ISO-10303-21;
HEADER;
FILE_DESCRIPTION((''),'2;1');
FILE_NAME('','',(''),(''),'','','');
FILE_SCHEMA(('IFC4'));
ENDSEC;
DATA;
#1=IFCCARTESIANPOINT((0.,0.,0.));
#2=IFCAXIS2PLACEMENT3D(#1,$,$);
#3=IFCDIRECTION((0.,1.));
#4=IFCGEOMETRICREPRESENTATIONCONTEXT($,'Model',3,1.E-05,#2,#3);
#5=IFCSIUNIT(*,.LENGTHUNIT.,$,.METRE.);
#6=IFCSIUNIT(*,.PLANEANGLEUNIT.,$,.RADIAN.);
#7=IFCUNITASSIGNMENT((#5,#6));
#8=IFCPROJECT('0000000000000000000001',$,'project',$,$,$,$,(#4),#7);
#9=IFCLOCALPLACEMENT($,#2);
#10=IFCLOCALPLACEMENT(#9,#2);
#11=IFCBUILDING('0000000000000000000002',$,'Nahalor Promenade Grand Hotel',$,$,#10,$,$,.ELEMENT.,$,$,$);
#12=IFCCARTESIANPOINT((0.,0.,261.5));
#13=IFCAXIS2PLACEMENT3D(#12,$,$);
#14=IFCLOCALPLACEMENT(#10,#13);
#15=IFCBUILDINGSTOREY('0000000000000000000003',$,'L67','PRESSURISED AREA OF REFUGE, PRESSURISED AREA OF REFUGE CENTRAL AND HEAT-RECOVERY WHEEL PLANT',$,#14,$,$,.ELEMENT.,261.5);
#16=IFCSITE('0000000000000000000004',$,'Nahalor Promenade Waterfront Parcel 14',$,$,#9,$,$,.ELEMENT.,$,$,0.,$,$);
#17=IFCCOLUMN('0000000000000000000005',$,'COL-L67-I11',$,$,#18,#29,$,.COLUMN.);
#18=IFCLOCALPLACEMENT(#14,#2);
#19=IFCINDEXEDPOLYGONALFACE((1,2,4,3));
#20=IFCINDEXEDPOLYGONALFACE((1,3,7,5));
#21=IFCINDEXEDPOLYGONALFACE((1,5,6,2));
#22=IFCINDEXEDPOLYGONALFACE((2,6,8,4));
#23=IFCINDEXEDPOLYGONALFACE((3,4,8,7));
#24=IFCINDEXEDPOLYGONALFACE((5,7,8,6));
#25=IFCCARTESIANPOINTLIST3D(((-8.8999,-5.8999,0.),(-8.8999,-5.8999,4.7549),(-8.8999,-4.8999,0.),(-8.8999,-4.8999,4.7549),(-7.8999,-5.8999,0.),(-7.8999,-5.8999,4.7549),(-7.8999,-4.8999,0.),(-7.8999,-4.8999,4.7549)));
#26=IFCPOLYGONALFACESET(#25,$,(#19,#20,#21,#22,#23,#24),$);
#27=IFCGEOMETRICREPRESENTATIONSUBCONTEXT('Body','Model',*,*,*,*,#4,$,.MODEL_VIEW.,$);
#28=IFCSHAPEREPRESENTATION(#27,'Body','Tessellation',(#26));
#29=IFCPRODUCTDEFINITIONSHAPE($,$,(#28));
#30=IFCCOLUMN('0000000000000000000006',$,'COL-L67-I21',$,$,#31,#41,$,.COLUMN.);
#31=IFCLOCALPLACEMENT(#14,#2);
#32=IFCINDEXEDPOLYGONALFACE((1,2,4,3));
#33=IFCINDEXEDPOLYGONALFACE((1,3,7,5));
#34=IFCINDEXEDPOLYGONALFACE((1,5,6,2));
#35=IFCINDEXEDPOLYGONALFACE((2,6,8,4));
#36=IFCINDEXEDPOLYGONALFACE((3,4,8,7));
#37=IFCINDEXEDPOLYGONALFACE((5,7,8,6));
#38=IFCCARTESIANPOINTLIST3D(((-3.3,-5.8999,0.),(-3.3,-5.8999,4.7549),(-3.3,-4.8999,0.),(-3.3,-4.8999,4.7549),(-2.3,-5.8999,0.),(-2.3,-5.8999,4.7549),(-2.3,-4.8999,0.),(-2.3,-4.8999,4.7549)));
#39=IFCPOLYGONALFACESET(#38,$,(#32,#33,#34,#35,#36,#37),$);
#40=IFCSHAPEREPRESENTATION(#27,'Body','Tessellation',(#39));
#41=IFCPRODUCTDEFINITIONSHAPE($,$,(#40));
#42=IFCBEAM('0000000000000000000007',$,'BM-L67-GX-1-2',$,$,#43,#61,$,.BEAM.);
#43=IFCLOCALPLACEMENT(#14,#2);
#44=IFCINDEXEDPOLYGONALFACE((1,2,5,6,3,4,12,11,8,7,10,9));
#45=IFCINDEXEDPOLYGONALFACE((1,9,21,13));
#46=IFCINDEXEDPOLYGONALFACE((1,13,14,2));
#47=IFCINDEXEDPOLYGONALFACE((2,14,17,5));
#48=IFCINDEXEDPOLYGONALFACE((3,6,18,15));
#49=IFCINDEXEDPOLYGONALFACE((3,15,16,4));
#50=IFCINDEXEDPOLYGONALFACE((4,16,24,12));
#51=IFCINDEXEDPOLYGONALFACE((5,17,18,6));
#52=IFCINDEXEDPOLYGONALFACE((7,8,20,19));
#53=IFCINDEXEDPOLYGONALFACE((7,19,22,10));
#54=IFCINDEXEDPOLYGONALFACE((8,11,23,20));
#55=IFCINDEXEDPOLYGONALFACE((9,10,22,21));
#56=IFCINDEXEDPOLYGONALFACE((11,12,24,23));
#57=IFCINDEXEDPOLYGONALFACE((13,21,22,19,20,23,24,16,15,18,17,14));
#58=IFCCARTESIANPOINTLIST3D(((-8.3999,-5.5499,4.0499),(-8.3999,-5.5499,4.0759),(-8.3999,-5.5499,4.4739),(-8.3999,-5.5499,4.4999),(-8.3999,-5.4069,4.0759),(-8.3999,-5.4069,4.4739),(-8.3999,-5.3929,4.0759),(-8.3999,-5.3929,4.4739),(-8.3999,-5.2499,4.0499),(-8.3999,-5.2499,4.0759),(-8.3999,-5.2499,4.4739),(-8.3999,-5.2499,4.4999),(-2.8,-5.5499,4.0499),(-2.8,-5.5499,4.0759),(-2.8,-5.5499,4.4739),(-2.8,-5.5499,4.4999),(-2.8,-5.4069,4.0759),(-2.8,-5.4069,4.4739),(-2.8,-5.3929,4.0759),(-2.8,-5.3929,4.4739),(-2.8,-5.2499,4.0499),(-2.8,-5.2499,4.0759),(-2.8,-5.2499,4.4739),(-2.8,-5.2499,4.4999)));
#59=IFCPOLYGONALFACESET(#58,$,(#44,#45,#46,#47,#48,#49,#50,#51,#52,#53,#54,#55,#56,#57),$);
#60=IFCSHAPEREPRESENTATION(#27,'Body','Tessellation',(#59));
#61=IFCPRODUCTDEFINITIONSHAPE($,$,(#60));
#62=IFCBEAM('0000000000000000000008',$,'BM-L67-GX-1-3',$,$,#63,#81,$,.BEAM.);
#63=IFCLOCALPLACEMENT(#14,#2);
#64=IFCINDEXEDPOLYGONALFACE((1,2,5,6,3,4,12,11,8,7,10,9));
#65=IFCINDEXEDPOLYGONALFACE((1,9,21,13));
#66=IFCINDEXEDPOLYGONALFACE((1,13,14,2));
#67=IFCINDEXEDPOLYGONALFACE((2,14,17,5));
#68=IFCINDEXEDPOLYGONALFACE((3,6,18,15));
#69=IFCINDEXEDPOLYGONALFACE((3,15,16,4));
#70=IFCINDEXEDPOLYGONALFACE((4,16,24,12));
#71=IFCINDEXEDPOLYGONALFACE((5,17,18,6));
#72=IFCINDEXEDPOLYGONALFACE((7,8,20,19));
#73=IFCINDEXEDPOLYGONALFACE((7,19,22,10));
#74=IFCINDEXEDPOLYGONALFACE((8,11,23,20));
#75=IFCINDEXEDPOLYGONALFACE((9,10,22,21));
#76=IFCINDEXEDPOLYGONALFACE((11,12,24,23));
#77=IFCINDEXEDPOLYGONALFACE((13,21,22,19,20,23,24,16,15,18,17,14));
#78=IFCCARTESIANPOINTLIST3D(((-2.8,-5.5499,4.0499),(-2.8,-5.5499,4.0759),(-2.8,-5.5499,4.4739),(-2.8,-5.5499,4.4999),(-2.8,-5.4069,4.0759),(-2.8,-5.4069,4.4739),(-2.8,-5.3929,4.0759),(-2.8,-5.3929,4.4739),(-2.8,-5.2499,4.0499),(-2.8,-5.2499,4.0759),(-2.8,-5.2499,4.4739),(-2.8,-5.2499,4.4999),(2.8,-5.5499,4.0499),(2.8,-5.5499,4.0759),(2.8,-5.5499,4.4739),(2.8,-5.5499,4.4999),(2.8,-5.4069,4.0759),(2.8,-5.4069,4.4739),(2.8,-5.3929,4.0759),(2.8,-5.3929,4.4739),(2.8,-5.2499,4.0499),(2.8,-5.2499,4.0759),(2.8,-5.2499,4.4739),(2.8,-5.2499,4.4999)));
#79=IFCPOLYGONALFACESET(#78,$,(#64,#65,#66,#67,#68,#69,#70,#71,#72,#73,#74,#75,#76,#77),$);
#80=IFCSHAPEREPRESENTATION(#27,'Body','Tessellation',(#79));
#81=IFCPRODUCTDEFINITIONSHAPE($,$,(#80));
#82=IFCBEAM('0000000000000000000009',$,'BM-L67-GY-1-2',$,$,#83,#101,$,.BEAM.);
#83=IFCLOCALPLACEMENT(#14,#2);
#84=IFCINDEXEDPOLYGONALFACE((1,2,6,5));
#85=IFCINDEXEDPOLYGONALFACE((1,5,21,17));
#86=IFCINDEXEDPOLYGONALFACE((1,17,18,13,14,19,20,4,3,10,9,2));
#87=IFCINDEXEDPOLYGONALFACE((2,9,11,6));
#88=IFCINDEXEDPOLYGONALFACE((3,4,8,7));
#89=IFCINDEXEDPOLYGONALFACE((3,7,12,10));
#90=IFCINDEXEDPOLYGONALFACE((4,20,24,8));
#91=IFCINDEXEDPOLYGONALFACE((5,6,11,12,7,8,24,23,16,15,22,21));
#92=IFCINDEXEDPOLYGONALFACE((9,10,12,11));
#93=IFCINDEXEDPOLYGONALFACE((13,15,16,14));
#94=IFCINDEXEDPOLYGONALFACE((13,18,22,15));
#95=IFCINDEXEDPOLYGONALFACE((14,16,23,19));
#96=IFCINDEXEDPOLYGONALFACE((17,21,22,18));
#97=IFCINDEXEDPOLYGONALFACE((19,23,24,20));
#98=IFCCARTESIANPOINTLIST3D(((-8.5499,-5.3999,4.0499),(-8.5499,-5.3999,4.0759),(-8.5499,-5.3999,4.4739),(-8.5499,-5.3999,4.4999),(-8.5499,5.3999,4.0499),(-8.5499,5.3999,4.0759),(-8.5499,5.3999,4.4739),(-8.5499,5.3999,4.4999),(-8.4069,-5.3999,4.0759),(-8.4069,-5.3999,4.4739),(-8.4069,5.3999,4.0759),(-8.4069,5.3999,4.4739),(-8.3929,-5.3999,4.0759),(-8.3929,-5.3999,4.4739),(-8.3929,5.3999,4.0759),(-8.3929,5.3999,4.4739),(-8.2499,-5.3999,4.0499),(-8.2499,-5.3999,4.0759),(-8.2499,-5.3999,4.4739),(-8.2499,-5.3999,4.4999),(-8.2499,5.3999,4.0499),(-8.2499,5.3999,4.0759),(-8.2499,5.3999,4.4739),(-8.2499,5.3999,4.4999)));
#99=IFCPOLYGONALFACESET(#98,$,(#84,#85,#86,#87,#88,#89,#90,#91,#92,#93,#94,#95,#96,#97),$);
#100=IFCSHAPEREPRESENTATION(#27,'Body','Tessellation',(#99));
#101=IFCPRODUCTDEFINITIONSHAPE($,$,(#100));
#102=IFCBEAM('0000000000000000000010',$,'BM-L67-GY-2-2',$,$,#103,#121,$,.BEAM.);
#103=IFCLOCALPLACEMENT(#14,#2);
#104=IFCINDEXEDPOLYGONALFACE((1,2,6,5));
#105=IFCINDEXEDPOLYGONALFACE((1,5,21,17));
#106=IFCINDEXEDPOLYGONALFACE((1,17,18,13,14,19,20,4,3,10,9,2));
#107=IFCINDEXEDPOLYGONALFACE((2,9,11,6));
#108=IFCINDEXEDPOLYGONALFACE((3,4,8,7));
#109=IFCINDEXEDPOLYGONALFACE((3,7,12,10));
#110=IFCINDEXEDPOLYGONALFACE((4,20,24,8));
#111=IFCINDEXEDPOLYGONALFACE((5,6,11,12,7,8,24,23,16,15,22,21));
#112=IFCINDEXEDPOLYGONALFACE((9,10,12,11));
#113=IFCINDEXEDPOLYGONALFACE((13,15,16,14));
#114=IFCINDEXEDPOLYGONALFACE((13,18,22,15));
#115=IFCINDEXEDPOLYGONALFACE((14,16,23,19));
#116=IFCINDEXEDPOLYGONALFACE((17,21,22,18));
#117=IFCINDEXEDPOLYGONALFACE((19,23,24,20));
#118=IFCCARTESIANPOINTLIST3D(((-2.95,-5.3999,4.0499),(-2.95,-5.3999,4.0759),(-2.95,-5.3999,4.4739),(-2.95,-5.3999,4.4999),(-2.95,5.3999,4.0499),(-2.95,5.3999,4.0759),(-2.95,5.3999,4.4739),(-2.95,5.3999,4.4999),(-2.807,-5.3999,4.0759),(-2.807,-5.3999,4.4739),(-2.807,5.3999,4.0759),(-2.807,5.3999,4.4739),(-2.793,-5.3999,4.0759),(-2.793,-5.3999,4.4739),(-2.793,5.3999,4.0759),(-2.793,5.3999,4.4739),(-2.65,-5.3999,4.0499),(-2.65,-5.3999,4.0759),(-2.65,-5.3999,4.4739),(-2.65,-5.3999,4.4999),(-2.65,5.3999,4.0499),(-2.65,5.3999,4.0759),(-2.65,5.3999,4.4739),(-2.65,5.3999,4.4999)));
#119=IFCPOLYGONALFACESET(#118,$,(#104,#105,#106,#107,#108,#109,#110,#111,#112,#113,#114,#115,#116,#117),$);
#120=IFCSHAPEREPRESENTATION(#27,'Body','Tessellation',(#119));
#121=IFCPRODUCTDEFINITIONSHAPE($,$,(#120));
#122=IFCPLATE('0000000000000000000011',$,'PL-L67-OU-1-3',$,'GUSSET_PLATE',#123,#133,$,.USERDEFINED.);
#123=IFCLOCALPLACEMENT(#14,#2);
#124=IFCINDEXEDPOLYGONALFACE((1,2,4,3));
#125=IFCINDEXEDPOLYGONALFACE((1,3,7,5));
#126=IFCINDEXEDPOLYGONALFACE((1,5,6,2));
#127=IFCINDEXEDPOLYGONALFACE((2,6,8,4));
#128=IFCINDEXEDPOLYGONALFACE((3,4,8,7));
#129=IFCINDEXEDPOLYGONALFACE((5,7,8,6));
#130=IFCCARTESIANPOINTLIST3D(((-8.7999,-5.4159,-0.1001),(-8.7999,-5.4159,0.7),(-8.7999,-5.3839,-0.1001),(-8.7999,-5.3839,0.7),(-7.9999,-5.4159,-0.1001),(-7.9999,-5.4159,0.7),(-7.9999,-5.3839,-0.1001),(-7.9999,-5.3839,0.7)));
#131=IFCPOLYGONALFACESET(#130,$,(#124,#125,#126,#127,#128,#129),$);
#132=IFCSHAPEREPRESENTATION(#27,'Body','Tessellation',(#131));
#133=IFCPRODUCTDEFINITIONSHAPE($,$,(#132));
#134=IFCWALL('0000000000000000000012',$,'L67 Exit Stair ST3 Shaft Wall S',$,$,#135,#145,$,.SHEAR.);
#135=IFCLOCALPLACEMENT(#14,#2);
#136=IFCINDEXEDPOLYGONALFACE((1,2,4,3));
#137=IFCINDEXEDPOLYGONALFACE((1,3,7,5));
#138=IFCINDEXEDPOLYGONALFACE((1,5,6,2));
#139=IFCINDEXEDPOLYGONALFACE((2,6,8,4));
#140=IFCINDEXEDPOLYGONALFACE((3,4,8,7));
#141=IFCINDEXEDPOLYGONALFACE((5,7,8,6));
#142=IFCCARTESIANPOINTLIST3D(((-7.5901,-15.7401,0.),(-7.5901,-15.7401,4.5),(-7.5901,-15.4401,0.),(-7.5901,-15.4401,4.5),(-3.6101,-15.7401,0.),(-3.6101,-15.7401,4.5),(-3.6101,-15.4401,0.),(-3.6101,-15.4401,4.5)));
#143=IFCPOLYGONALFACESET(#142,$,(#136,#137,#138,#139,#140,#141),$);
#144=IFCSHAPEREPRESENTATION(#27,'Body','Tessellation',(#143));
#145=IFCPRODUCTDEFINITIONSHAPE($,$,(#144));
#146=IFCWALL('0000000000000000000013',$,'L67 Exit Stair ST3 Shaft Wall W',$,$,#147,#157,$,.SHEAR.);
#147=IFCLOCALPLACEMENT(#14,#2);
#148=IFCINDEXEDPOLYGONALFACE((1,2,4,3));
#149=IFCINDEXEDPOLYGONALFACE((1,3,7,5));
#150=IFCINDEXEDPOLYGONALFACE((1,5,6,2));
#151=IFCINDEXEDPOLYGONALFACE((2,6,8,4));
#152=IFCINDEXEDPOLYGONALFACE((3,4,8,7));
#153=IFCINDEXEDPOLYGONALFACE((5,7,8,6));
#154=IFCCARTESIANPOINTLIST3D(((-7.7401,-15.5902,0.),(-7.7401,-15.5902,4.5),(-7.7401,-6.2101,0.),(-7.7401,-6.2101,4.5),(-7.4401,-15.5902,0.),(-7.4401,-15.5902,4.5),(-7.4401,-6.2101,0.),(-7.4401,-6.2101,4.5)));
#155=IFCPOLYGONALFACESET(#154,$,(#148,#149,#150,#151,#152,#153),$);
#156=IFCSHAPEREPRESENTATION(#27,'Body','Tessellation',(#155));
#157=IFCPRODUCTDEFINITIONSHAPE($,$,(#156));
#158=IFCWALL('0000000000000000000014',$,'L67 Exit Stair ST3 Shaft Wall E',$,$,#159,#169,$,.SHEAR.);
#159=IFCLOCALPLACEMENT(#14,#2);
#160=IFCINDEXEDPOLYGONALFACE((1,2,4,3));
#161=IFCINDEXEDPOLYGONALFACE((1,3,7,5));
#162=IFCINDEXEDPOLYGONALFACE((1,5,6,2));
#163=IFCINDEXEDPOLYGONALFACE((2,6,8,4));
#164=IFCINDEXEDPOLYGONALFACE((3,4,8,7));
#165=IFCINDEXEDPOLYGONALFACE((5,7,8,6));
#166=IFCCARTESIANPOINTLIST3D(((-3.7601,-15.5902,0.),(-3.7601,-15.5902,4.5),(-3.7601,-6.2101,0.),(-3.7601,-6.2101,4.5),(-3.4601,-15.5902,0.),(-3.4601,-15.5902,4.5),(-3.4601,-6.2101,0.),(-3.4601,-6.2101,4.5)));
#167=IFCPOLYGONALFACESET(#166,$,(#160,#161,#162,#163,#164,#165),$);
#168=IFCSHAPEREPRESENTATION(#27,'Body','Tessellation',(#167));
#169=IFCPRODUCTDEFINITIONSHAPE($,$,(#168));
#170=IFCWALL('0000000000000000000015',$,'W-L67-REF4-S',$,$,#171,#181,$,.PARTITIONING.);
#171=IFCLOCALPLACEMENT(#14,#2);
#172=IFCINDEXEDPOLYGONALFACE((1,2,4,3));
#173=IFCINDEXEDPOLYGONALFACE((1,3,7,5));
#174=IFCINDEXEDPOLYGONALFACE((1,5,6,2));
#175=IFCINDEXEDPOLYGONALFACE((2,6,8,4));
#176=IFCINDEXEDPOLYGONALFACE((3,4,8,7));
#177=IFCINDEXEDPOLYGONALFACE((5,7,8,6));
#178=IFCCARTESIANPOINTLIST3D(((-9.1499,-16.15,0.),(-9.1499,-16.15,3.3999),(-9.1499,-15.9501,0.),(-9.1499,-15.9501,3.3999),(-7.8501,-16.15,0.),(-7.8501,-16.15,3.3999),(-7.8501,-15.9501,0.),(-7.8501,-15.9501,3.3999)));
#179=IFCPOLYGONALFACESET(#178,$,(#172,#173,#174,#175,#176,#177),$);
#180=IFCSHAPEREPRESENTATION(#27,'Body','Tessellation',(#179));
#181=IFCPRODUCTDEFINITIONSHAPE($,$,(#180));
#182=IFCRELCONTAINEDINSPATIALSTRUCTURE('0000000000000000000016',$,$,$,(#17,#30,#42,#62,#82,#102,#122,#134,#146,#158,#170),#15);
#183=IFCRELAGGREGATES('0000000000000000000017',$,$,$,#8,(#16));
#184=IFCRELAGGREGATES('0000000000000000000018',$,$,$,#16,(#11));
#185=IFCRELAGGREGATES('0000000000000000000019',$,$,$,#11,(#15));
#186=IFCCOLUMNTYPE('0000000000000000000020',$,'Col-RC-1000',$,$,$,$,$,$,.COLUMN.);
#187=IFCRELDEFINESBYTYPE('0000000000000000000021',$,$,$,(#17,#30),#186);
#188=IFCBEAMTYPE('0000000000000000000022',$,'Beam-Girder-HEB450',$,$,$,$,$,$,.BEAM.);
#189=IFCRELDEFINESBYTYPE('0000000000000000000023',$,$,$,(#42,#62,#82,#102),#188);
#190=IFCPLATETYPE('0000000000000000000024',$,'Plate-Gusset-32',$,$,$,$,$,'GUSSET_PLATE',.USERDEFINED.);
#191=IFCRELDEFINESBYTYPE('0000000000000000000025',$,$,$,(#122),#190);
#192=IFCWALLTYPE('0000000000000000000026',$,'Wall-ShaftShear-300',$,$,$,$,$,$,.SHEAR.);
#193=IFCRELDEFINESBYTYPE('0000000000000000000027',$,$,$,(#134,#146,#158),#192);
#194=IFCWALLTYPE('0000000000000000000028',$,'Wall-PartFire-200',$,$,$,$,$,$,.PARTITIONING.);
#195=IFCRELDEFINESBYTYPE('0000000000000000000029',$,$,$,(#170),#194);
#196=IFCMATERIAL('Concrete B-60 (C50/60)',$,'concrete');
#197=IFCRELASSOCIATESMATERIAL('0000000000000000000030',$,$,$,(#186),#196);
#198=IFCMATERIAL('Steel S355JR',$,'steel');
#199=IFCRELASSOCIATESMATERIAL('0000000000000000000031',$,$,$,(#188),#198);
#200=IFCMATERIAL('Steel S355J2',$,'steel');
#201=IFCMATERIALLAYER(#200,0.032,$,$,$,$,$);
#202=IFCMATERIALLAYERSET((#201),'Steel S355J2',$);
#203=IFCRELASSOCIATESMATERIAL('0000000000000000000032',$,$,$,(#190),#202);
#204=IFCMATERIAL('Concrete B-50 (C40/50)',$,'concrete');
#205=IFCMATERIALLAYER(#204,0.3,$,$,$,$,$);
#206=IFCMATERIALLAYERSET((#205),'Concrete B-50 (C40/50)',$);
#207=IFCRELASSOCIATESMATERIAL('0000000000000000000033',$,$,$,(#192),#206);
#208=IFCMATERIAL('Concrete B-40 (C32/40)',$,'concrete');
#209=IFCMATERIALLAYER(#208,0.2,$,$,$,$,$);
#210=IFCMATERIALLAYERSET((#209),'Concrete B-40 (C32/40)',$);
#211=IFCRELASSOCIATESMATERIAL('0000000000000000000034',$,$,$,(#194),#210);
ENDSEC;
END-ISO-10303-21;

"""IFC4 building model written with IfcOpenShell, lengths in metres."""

from ifc_helpers import new_model, si_unit, direction, frame, frame_2d, origin, origin_2d, place, context, subcontext, project, spatial, rectangle, i_section, extrude, source, transform, mapped, material, layer, layer_set, material_profile, profile_set, type_object, element, save


model = new_model("IFC4")

# Units and contexts
model_context = context("Model", 3, precision=1e-05, world=origin(), true_north=direction((0.0, 1.0)))
body_context = subcontext(model_context, "Body", "Model", "MODEL_VIEW")
ifc_project = project(units=[si_unit("LENGTHUNIT", "METRE"), si_unit("PLANEANGLEUNIT", "RADIAN")], contexts=[model_context])

# Site, building, storey
site_placement = place(None, origin())
site = spatial("IfcSite", under=ifc_project, at=site_placement, Name="Nahalor Promenade Waterfront Parcel 14", CompositionType="ELEMENT", RefElevation=0.0)
building_placement = place(site_placement, origin())
building = spatial("IfcBuilding", under=site, at=building_placement, Name="Nahalor Promenade Grand Hotel", CompositionType="ELEMENT")
storey_placement = place(building_placement, frame((0.0, 0.0, 261.5)))
storey = spatial("IfcBuildingStorey", under=building, at=storey_placement, Name="L67", Description="PRESSURISED AREA OF REFUGE, PRESSURISED AREA OF REFUGE CENTRAL AND HEAT-RECOVERY WHEEL PLANT", CompositionType="ELEMENT", Elevation=261.5)

# Columns
ifc_material_1 = material(Name="Concrete B-60 (C50/60)", Category="concrete")
ifc_material_profile_1 = material_profile(ifc_material_1, rectangle(XDim=1.0, YDim=1.0, at=origin_2d()), Name="RC 1000x1000")
ifc_profile_set_1 = profile_set([ifc_material_profile_1], Name="Concrete B-60 (C50/60)")
column_type = type_object("IfcColumnType", Name="Col-RC-1000", PredefinedType="COLUMN", material=ifc_profile_set_1)
shared_shape_1 = source(origin(), body_context, "Body", "SweptSolid", [
    extrude(rectangle(XDim=1.0, YDim=1.0, at=origin_2d()), origin(), (0.0, 0.0, 1.0), 4.7549),
])
for number, where, z_axis, x_axis, name in (
    (1, (-8.3999, -5.3999, 0.0), (0.0, 0.0, 1.0), (1.0, 0.0, 0.0), "COL-L67-I11"),
    (2, (-2.8, -5.3999, 0.0), (0.0, 0.0, 1.0), (1.0, 0.0, 0.0), "COL-L67-I21"),
):
    element("IfcColumn", number, at=place(storey_placement, frame(where, z_axis=z_axis, x_axis=x_axis)), inside=storey, type_object=column_type, Name=name, PredefinedType="COLUMN", context=body_context, shape_type="MappedRepresentation", body=[
        mapped(shared_shape_1, transform((0.0, 0.0, 0.0), scale=1.0)),
    ])

# Beams
ifc_material_2 = material(Name="Steel S355JR", Category="steel")
ifc_material_profile_2 = material_profile(ifc_material_2, i_section(OverallWidth=0.3, OverallDepth=0.45, WebThickness=0.014, FlangeThickness=0.026, at=origin_2d()), Name="HEB 450")
ifc_profile_set_2 = profile_set([ifc_material_profile_2], Name="Steel S355JR")
beam_type = type_object("IfcBeamType", Name="Beam-Girder-HEB450", PredefinedType="BEAM", material=ifc_profile_set_2)
shared_shape_2 = source(origin(), body_context, "Body", "SweptSolid", [
    extrude(i_section(OverallWidth=0.3, OverallDepth=0.45, WebThickness=0.014, FlangeThickness=0.026, at=origin_2d()), origin(), (0.0, 0.0, 1.0), 5.5999),
])
beam_1_placement = place(storey_placement, frame((-8.3999, -5.3999, 4.2749), z_axis=(1.0, 0.0, 0.0), x_axis=(0.0, 1.0, 0.0)))
element("IfcBeam", 3, at=beam_1_placement, inside=storey, type_object=beam_type, Name="BM-L67-GX-1-2", PredefinedType="BEAM", context=body_context, shape_type="MappedRepresentation", body=[
    mapped(shared_shape_2, transform((0.0, 0.0, 0.0), scale=1.0)),
])
shared_shape_3 = source(origin(), body_context, "Body", "SweptSolid", [
    extrude(i_section(OverallWidth=0.3, OverallDepth=0.45, WebThickness=0.014, FlangeThickness=0.026, at=origin_2d()), origin(), (0.0, 0.0, 1.0), 5.6001),
])
beam_2_placement = place(storey_placement, frame((-2.8, -5.3999, 4.2749), z_axis=(1.0, 0.0, 0.0), x_axis=(0.0, 1.0, 0.0)))
element("IfcBeam", 4, at=beam_2_placement, inside=storey, type_object=beam_type, Name="BM-L67-GX-1-3", PredefinedType="BEAM", context=body_context, shape_type="MappedRepresentation", body=[
    mapped(shared_shape_3, transform((0.0, 0.0, 0.0), scale=1.0)),
])
shared_shape_4 = source(origin(), body_context, "Body", "SweptSolid", [
    extrude(i_section(OverallWidth=0.3, OverallDepth=0.45, WebThickness=0.014, FlangeThickness=0.026, at=origin_2d()), origin(), (0.0, 0.0, 1.0), 10.7998),
])
for number, where, z_axis, x_axis, name in (
    (5, (-8.3999, -5.3999, 4.2749), (0.0, 1.0, 0.0), (-1.0, 0.0, 0.0), "BM-L67-GY-1-2"),
    (6, (-2.8, -5.3999, 4.2749), (0.0, 1.0, 0.0), (-1.0, 0.0, 0.0), "BM-L67-GY-2-2"),
):
    element("IfcBeam", number, at=place(storey_placement, frame(where, z_axis=z_axis, x_axis=x_axis)), inside=storey, type_object=beam_type, Name=name, PredefinedType="BEAM", context=body_context, shape_type="MappedRepresentation", body=[
        mapped(shared_shape_4, transform((0.0, 0.0, 0.0), scale=1.0)),
    ])

# Plate
ifc_material_3 = material(Name="Steel S355J2", Category="steel")
ifc_layer_1 = layer(ifc_material_3, 0.032)
ifc_layer_set_1 = layer_set([ifc_layer_1], Name="Steel S355J2")
plate_type = type_object("IfcPlateType", Name="Plate-Gusset-32", ElementType="GUSSET_PLATE", PredefinedType="USERDEFINED", material=ifc_layer_set_1)
shared_shape_5 = source(origin(), body_context, "Body", "SweptSolid", [
    extrude(rectangle(XDim=0.8, YDim=0.032, at=origin_2d()), origin(), (0.0, 0.0, 1.0), 0.8),
])
plate_placement = place(storey_placement, frame((-8.3999, -5.3999, -0.1001), z_axis=(0.0, 0.0, 1.0), x_axis=(1.0, 0.0, 0.0)))
element("IfcPlate", 7, at=plate_placement, inside=storey, type_object=plate_type, Name="PL-L67-OU-1-3", ObjectType="GUSSET_PLATE", PredefinedType="USERDEFINED", context=body_context, shape_type="MappedRepresentation", body=[
    mapped(shared_shape_5, transform((0.0, 0.0, 0.0), scale=1.0)),
])

# Wall
ifc_material_4 = material(Name="Concrete B-50 (C40/50)", Category="concrete")
ifc_layer_2 = layer(ifc_material_4, 0.3)
ifc_layer_set_2 = layer_set([ifc_layer_2], Name="Concrete B-50 (C40/50)")
wall_type_1 = type_object("IfcWallType", Name="Wall-ShaftShear-300", PredefinedType="SHEAR", material=ifc_layer_set_2)
shared_shape_6 = source(origin(), body_context, "Body", "SweptSolid", [
    extrude(rectangle(XDim=3.98, YDim=0.3, at=frame_2d((1.99, 0.0))), origin(), (0.0, 0.0, 1.0), 4.5),
])
wall_1_placement = place(storey_placement, frame((-7.5901, -15.5901, 0.0), z_axis=(0.0, 0.0, 1.0), x_axis=(1.0, 0.0, 0.0)))
element("IfcWall", 8, at=wall_1_placement, inside=storey, type_object=wall_type_1, Name="L67 Exit Stair ST3 Shaft Wall S", PredefinedType="SHEAR", context=body_context, shape_type="MappedRepresentation", body=[
    mapped(shared_shape_6, transform((0.0, 0.0, 0.0), scale=1.0)),
])

# Walls
shared_shape_7 = source(origin(), body_context, "Body", "SweptSolid", [
    extrude(rectangle(XDim=9.3801, YDim=0.3, at=frame_2d((4.6899, 0.0))), origin(), (0.0, 0.0, 1.0), 4.5),
])
for number, where, z_axis, x_axis, name in (
    (9, (-7.5901, -15.5901, 0.0), (0.0, 0.0, 1.0), (0.0, 1.0, 0.0), "L67 Exit Stair ST3 Shaft Wall W"),
    (10, (-3.6101, -15.5901, 0.0), (0.0, 0.0, 1.0), (0.0, 1.0, 0.0), "L67 Exit Stair ST3 Shaft Wall E"),
):
    element("IfcWall", number, at=place(storey_placement, frame(where, z_axis=z_axis, x_axis=x_axis)), inside=storey, type_object=wall_type_1, Name=name, PredefinedType="SHEAR", context=body_context, shape_type="MappedRepresentation", body=[
        mapped(shared_shape_7, transform((0.0, 0.0, 0.0), scale=1.0)),
    ])
ifc_material_5 = material(Name="Concrete B-40 (C32/40)", Category="concrete")
ifc_layer_3 = layer(ifc_material_5, 0.2)
ifc_layer_set_3 = layer_set([ifc_layer_3], Name="Concrete B-40 (C32/40)")
wall_type_2 = type_object("IfcWallType", Name="Wall-PartFire-200", PredefinedType="PARTITIONING", material=ifc_layer_set_3)
shared_shape_8 = source(origin(), body_context, "Body", "SweptSolid", [
    extrude(rectangle(XDim=1.2998, YDim=0.2, at=frame_2d((0.6499, 0.0))), origin(), (0.0, 0.0, 1.0), 3.3999),
])
for number, where, z_axis, x_axis, name in (
    (11, (-9.1499, -16.05, 0.0), (0.0, 0.0, 1.0), (1.0, 0.0, 0.0), "W-L67-REF4-S"),
):
    element("IfcWall", number, at=place(storey_placement, frame(where, z_axis=z_axis, x_axis=x_axis)), inside=storey, type_object=wall_type_2, Name=name, PredefinedType="PARTITIONING", context=body_context, shape_type="MappedRepresentation", body=[
        mapped(shared_shape_8, transform((0.0, 0.0, 0.0), scale=1.0)),
    ])

save(model, "model.ifc")
